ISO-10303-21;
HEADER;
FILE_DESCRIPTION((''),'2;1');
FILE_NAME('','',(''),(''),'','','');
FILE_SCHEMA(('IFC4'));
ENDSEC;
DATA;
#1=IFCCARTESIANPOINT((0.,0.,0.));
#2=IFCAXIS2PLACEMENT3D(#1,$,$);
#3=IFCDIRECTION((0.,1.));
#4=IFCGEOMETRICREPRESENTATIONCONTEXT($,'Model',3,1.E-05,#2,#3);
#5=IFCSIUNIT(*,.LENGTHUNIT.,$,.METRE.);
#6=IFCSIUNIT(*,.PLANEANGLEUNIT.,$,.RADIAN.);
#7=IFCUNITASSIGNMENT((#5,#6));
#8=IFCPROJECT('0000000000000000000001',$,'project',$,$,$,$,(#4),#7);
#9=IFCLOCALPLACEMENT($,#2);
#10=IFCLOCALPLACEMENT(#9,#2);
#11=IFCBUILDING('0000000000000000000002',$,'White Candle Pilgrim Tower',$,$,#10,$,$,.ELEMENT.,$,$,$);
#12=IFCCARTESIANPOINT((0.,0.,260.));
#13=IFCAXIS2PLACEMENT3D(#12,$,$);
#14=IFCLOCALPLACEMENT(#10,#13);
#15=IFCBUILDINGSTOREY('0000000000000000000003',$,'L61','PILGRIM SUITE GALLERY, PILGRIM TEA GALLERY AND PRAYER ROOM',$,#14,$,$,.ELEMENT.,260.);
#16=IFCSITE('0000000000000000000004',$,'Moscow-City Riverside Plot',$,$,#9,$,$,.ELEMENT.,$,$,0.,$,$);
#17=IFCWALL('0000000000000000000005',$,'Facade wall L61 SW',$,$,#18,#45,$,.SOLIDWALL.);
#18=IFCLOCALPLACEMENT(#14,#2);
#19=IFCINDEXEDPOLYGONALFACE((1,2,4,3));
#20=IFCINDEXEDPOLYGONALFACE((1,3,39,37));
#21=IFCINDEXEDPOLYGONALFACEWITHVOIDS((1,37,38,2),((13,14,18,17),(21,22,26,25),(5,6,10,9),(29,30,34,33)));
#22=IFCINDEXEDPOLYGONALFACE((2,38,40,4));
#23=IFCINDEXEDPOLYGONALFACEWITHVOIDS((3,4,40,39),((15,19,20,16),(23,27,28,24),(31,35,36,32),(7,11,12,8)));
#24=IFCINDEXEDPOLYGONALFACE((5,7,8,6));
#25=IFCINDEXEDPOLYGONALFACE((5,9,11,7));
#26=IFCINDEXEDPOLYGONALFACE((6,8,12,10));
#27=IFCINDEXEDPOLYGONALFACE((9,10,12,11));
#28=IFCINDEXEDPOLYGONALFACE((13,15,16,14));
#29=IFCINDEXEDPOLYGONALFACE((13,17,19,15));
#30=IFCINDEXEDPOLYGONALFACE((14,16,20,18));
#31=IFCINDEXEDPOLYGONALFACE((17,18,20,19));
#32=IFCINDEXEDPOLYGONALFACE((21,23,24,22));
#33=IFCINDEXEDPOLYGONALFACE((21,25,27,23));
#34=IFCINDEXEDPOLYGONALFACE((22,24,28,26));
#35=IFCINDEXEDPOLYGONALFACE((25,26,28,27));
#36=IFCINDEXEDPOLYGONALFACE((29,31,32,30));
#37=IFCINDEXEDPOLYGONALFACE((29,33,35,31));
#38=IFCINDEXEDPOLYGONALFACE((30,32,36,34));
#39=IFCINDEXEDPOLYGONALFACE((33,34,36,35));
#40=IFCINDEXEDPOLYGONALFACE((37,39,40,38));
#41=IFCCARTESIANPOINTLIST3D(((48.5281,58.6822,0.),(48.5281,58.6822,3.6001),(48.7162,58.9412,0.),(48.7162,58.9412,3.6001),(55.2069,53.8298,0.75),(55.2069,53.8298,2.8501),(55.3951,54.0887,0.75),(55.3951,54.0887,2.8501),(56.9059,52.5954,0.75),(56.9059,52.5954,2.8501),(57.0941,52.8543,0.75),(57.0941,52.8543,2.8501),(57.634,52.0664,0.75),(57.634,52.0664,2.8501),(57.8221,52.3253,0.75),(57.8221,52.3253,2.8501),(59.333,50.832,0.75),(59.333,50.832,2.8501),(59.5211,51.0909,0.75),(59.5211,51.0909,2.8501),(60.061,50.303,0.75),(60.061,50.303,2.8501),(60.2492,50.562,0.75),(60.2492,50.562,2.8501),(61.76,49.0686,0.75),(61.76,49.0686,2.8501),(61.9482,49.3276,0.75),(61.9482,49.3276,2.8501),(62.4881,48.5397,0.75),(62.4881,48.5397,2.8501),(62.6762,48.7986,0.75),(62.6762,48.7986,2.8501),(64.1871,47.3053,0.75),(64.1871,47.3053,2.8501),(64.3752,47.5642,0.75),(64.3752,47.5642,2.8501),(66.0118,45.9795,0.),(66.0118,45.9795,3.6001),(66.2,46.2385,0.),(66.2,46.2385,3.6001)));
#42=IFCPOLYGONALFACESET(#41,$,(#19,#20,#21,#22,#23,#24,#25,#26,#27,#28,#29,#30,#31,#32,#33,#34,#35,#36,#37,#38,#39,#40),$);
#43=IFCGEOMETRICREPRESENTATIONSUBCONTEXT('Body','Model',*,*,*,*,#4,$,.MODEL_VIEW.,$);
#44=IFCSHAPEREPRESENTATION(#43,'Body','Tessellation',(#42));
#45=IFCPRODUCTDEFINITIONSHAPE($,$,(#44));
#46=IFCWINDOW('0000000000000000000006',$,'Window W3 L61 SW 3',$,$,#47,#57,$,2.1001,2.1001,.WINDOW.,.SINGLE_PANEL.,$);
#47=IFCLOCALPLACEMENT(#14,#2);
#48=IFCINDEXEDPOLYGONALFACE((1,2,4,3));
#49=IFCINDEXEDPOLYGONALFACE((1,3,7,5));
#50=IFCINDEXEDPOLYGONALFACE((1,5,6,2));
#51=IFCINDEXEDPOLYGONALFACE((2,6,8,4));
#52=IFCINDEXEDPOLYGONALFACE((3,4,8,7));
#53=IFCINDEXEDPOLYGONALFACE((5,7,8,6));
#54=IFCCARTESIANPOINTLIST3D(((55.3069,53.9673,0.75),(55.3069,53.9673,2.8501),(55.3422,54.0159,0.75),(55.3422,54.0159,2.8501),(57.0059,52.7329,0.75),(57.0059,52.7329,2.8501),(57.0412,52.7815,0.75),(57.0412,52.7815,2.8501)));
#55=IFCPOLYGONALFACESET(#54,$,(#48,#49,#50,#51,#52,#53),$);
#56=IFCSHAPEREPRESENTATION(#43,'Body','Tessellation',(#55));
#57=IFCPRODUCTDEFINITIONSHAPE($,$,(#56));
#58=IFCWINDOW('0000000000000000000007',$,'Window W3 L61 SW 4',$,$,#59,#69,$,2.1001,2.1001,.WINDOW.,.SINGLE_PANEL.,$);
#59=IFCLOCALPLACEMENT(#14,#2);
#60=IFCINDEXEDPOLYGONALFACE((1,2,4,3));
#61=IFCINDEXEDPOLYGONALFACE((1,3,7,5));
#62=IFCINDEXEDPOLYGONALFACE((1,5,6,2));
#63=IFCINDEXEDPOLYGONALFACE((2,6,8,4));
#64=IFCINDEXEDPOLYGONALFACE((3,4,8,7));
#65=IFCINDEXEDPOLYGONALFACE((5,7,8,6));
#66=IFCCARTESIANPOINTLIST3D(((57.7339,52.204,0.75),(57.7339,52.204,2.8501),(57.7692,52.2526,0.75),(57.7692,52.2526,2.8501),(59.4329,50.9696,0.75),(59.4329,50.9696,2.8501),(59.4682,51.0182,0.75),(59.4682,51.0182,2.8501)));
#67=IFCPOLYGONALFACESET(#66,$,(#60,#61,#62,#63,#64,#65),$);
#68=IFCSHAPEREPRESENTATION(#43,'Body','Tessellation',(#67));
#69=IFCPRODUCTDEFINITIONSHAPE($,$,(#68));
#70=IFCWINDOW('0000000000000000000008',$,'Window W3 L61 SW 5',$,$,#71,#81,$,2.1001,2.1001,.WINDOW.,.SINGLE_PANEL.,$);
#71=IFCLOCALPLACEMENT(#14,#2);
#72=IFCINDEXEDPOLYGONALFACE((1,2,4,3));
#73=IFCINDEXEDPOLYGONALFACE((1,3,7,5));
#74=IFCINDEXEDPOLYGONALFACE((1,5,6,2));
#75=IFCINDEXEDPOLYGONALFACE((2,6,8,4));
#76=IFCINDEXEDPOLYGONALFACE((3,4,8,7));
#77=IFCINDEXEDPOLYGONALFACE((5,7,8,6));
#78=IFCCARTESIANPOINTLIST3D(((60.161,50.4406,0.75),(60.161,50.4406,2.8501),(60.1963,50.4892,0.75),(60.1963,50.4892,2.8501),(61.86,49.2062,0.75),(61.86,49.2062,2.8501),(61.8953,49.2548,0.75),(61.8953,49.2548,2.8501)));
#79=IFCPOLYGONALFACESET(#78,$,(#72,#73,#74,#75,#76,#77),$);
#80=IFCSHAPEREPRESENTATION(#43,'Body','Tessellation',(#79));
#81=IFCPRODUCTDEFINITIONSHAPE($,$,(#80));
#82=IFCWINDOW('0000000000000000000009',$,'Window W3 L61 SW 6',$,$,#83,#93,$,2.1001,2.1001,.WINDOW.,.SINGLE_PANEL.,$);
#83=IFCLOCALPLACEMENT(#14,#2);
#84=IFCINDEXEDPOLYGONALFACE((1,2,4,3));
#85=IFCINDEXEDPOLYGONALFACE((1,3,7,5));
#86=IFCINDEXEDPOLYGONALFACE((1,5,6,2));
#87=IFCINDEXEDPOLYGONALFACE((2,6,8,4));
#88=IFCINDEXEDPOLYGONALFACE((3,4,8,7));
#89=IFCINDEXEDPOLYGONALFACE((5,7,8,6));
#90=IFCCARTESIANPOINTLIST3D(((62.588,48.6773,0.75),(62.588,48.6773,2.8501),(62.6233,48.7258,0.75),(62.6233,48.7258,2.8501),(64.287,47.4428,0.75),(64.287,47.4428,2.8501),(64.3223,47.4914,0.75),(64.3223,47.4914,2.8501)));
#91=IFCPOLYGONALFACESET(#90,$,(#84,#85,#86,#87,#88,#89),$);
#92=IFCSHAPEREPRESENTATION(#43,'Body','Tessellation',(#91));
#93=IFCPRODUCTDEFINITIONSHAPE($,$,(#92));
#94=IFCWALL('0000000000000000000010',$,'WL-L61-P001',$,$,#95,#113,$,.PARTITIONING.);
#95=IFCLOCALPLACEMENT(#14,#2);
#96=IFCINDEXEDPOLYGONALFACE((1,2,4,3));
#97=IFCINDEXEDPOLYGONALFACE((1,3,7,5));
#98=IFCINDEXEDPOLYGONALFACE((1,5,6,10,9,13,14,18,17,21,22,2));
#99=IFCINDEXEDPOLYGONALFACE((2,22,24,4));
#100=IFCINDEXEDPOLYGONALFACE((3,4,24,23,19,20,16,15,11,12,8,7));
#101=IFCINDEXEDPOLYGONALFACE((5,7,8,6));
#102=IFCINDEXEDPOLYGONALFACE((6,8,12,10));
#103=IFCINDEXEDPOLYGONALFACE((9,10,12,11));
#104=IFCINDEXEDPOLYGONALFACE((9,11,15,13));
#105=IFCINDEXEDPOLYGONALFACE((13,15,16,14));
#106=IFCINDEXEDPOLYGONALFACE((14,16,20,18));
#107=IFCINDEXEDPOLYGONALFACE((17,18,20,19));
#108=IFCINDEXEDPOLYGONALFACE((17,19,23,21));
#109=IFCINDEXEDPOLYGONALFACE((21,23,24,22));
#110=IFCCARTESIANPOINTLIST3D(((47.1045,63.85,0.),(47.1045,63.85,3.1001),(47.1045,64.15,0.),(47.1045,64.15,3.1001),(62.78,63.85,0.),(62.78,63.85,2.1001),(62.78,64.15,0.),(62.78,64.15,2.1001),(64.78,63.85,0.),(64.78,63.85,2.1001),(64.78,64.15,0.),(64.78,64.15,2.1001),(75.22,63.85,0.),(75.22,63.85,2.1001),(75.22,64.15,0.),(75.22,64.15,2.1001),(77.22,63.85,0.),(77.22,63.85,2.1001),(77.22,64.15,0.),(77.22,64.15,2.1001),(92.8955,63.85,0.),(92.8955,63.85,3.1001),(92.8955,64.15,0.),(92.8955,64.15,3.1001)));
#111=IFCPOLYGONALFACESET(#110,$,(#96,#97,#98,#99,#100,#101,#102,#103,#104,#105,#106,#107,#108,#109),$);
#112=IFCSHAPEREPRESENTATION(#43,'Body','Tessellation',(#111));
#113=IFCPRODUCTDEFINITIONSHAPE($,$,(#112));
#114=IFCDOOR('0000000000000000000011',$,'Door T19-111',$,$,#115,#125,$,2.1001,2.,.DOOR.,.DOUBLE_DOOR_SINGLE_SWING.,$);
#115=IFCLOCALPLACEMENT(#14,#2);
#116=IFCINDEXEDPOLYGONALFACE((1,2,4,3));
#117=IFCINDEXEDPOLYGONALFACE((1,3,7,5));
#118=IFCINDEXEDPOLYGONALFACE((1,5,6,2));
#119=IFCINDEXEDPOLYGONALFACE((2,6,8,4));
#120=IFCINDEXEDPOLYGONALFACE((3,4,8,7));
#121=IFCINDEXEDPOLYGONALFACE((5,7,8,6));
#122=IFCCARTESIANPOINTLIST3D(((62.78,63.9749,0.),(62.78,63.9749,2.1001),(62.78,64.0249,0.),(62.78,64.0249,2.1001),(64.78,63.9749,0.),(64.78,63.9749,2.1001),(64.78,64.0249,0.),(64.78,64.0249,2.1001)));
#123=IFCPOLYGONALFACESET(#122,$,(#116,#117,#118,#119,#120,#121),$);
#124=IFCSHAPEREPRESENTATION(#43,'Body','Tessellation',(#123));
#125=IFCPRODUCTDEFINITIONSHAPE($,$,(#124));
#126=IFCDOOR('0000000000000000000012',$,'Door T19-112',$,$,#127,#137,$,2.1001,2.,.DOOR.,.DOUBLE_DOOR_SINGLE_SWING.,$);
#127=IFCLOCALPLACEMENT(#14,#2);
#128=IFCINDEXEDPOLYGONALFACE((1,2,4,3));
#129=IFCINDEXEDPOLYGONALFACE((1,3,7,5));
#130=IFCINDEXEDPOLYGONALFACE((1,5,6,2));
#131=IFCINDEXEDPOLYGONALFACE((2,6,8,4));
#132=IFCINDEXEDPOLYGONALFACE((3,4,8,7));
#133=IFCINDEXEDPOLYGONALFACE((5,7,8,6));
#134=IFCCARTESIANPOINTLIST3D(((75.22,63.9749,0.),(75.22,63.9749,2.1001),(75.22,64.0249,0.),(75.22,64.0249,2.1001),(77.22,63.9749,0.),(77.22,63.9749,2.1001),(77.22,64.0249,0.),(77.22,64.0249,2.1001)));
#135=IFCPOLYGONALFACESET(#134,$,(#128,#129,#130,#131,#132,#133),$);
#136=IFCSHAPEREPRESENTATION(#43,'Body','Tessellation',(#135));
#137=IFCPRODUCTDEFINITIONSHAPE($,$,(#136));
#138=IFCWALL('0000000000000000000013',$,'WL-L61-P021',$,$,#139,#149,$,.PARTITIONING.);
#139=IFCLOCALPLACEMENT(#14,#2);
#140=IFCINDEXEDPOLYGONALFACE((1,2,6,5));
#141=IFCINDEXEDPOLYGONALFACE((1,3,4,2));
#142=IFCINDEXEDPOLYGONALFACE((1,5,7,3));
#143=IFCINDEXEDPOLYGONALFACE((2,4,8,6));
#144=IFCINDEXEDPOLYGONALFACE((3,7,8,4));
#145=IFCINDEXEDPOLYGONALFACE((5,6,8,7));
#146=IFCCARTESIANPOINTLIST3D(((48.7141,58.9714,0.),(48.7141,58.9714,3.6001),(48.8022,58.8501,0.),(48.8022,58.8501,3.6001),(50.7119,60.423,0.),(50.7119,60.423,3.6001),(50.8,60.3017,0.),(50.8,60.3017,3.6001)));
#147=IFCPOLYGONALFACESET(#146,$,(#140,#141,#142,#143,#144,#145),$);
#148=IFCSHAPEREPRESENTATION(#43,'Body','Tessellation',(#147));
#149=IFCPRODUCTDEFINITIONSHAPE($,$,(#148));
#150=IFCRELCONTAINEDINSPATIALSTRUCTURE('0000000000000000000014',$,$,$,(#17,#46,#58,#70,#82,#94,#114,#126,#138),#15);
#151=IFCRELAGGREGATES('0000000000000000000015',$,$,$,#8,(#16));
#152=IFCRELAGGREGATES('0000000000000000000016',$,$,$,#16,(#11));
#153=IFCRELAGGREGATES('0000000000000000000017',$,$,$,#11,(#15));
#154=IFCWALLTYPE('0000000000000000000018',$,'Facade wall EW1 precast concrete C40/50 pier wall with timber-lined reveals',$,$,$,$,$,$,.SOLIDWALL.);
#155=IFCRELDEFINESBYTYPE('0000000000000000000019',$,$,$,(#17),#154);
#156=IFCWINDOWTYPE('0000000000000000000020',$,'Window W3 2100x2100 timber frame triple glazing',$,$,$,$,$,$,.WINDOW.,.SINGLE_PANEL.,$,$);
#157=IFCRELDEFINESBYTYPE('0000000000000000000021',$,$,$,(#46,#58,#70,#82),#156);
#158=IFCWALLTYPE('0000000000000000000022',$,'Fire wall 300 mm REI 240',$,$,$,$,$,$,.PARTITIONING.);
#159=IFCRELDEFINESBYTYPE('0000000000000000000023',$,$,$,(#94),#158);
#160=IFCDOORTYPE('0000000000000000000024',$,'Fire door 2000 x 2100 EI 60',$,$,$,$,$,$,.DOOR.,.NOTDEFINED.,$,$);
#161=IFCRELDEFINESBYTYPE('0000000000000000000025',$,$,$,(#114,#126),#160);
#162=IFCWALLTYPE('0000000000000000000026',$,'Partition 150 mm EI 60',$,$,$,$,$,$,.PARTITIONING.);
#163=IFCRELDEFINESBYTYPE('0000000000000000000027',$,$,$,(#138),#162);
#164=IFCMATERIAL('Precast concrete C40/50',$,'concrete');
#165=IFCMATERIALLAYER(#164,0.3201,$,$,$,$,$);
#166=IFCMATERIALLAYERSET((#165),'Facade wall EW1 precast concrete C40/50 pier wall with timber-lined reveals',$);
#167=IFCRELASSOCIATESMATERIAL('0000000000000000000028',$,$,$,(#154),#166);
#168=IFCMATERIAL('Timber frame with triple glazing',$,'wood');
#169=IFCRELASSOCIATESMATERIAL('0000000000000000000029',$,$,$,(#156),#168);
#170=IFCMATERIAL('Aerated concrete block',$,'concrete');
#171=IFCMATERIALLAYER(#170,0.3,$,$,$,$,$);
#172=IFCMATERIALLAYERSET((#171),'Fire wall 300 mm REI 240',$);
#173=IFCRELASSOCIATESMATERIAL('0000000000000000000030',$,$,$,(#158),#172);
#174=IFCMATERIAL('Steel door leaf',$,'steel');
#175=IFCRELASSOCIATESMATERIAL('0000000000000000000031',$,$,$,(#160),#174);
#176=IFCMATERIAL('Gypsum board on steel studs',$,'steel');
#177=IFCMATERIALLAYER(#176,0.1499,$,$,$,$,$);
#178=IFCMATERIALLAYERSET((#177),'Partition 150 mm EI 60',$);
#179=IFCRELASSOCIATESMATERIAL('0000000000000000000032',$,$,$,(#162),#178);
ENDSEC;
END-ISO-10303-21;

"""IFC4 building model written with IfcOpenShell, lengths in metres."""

from ifc_helpers import new_model, si_unit, direction, frame, frame_2d, origin, place, context, subcontext, project, spatial, rectangle, extrude, material, layer, layer_set, type_object, element, fill, save


model = new_model("IFC4")

# Units and contexts
model_context = context("Model", 3, precision=1e-05, world=origin(), true_north=direction((0.0, 1.0)))
body_context = subcontext(model_context, "Body", "Model", "MODEL_VIEW")
ifc_project = project(units=[si_unit("LENGTHUNIT", "METRE"), si_unit("PLANEANGLEUNIT", "RADIAN")], contexts=[model_context])

# Site, building, storey
site_placement = place(None, origin())
site = spatial("IfcSite", under=ifc_project, at=site_placement, Name="Moscow-City Riverside Plot", CompositionType="ELEMENT", RefElevation=0.0)
building_placement = place(site_placement, origin())
building = spatial("IfcBuilding", under=site, at=building_placement, Name="White Candle Pilgrim Tower", CompositionType="ELEMENT")
storey_placement = place(building_placement, frame((0.0, 0.0, 260.0)))
storey = spatial("IfcBuildingStorey", under=building, at=storey_placement, Name="L61", Description="PILGRIM SUITE GALLERY, PILGRIM TEA GALLERY AND PRAYER ROOM", CompositionType="ELEMENT", Elevation=260.0)

# Shared definitions
ifc_material_1 = material(Name="Gypsum board on steel studs", Category="steel")
ifc_material_2 = material(Name="Steel door leaf", Category="steel")

# Shared definitions
ifc_material_3 = material(Name="Precast concrete C40/50", Category="concrete")
ifc_layer_1 = layer(ifc_material_3, 0.3201)
ifc_layer_set_1 = layer_set([ifc_layer_1], Name="Facade wall EW1 precast concrete C40/50 pier wall with timber-lined reveals")
wall_type_1 = type_object("IfcWallType", Name="Facade wall EW1 precast concrete C40/50 pier wall with timber-lined reveals", PredefinedType="SOLIDWALL", material=ifc_layer_set_1)
ifc_material_4 = material(Name="Timber frame with triple glazing", Category="wood")

# Wall, openings, windows
wall_1_placement = place(storey_placement, frame((48.6221, 58.8118, 0.0), z_axis=(0.0, 0.0, 1.0), x_axis=(0.809016, -0.587786, 0.0)))
wall_1 = element("IfcWall", 1, at=wall_1_placement, inside=storey, type_object=wall_type_1, Name="Facade wall L61 SW", PredefinedType="SOLIDWALL", context=body_context, shape_type="SweptSolid", body=[
    extrude(rectangle(XDim=21.6111, YDim=0.3201, at=frame_2d((10.8057, 0.0))), origin(), (0.0, 0.0, 1.0), 3.6001),
])
opening_1_placement = place(wall_1_placement, frame((8.2556, 0.0, 0.75)))
opening_1 = element("IfcOpeningElement", 2, at=opening_1_placement, cuts=wall_1, PredefinedType="OPENING", context=body_context, shape_type="SweptSolid", body=[
    extrude(rectangle(XDim=2.1001, YDim=2.1001, at=frame_2d((1.05, 1.05))), frame((0.0, 0.1699, 0.0), z_axis=(0.0, -1.0, 0.0), x_axis=(1.0, 0.0, 0.0)), (0.0, 0.0, 1.0), 0.3401),
])
opening_2_placement = place(wall_1_placement, frame((11.2556, 0.0, 0.75)))
opening_2 = element("IfcOpeningElement", 3, at=opening_2_placement, cuts=wall_1, PredefinedType="OPENING", context=body_context, shape_type="SweptSolid", body=[
    extrude(rectangle(XDim=2.1001, YDim=2.1001, at=frame_2d((1.05, 1.05))), frame((0.0, 0.1699, 0.0), z_axis=(0.0, -1.0, 0.0), x_axis=(1.0, 0.0, 0.0)), (0.0, 0.0, 1.0), 0.3401),
])
opening_3_placement = place(wall_1_placement, frame((14.2556, 0.0, 0.75)))
opening_3 = element("IfcOpeningElement", 4, at=opening_3_placement, cuts=wall_1, PredefinedType="OPENING", context=body_context, shape_type="SweptSolid", body=[
    extrude(rectangle(XDim=2.1001, YDim=2.1001, at=frame_2d((1.05, 1.05))), frame((0.0, 0.1699, 0.0), z_axis=(0.0, -1.0, 0.0), x_axis=(1.0, 0.0, 0.0)), (0.0, 0.0, 1.0), 0.3401),
])
opening_4_placement = place(wall_1_placement, frame((17.2556, 0.0, 0.75)))
opening_4 = element("IfcOpeningElement", 5, at=opening_4_placement, cuts=wall_1, PredefinedType="OPENING", context=body_context, shape_type="SweptSolid", body=[
    extrude(rectangle(XDim=2.1001, YDim=2.1001, at=frame_2d((1.05, 1.05))), frame((0.0, 0.1699, 0.0), z_axis=(0.0, -1.0, 0.0), x_axis=(1.0, 0.0, 0.0)), (0.0, 0.0, 1.0), 0.3401),
])
window_type_1 = type_object("IfcWindowType", Name="Window W3 2100x2100 timber frame triple glazing", PartitioningType="SINGLE_PANEL", PredefinedType="WINDOW", material=ifc_material_4)
window_1_placement = place(opening_1_placement, origin())
window_1 = element("IfcWindow", 6, at=window_1_placement, inside=storey, type_object=window_type_1, Name="Window W3 L61 SW 3", OverallHeight=2.1001, OverallWidth=2.1001, PartitioningType="SINGLE_PANEL", PredefinedType="WINDOW", context=body_context, shape_type="SweptSolid", body=[
    extrude(rectangle(XDim=2.1001, YDim=2.1001, at=frame_2d((1.05, 1.05))), frame((0.0, 0.0701, 0.0), z_axis=(0.0, -1.0, 0.0), x_axis=(1.0, 0.0, 0.0)), (0.0, 0.0, 1.0), 0.0601),
])
fill(opening_1, window_1)
window_2_placement = place(opening_2_placement, origin())
window_2 = element("IfcWindow", 7, at=window_2_placement, inside=storey, type_object=window_type_1, Name="Window W3 L61 SW 4", OverallHeight=2.1001, OverallWidth=2.1001, PartitioningType="SINGLE_PANEL", PredefinedType="WINDOW", context=body_context, shape_type="SweptSolid", body=[
    extrude(rectangle(XDim=2.1001, YDim=2.1001, at=frame_2d((1.05, 1.05))), frame((0.0, 0.0701, 0.0), z_axis=(0.0, -1.0, 0.0), x_axis=(1.0, 0.0, 0.0)), (0.0, 0.0, 1.0), 0.0601),
])
fill(opening_2, window_2)
window_3_placement = place(opening_3_placement, origin())
window_3 = element("IfcWindow", 8, at=window_3_placement, inside=storey, type_object=window_type_1, Name="Window W3 L61 SW 5", OverallHeight=2.1001, OverallWidth=2.1001, PartitioningType="SINGLE_PANEL", PredefinedType="WINDOW", context=body_context, shape_type="SweptSolid", body=[
    extrude(rectangle(XDim=2.1001, YDim=2.1001, at=frame_2d((1.05, 1.05))), frame((0.0, 0.0701, 0.0), z_axis=(0.0, -1.0, 0.0), x_axis=(1.0, 0.0, 0.0)), (0.0, 0.0, 1.0), 0.0601),
])
fill(opening_3, window_3)
window_4_placement = place(opening_4_placement, origin())
window_4 = element("IfcWindow", 9, at=window_4_placement, inside=storey, type_object=window_type_1, Name="Window W3 L61 SW 6", OverallHeight=2.1001, OverallWidth=2.1001, PartitioningType="SINGLE_PANEL", PredefinedType="WINDOW", context=body_context, shape_type="SweptSolid", body=[
    extrude(rectangle(XDim=2.1001, YDim=2.1001, at=frame_2d((1.05, 1.05))), frame((0.0, 0.0701, 0.0), z_axis=(0.0, -1.0, 0.0), x_axis=(1.0, 0.0, 0.0)), (0.0, 0.0, 1.0), 0.0601),
])
fill(opening_4, window_4)

# Wall, openings, doors
ifc_material_5 = material(Name="Aerated concrete block", Category="concrete")
ifc_layer_2 = layer(ifc_material_5, 0.3)
ifc_layer_set_2 = layer_set([ifc_layer_2], Name="Fire wall 300 mm REI 240")
wall_type_2 = type_object("IfcWallType", Name="Fire wall 300 mm REI 240", PredefinedType="PARTITIONING", material=ifc_layer_set_2)
wall_2_placement = place(storey_placement, frame((47.1045, 64.0, 0.0), z_axis=(0.0, 0.0, 1.0), x_axis=(1.0, 0.0, 0.0)))
wall_2 = element("IfcWall", 10, at=wall_2_placement, inside=storey, type_object=wall_type_2, Name="WL-L61-P001", PredefinedType="PARTITIONING", context=body_context, shape_type="SweptSolid", body=[
    extrude(rectangle(XDim=45.791, YDim=0.3, at=frame_2d((22.8955, 0.0))), origin(), (0.0, 0.0, 1.0), 3.1001),
])
opening_5_placement = place(wall_2_placement, frame((15.6755, 0.0, 0.0)))
opening_5 = element("IfcOpeningElement", 11, at=opening_5_placement, cuts=wall_2, PredefinedType="OPENING", context=body_context, shape_type="SweptSolid", body=[
    extrude(rectangle(XDim=2.0, YDim=2.1001, at=frame_2d((1.0, 1.05))), frame((0.0, 0.1599, 0.0), z_axis=(0.0, -1.0, 0.0), x_axis=(1.0, 0.0, 0.0)), (0.0, 0.0, 1.0), 0.3201),
])
opening_6_placement = place(wall_2_placement, frame((28.1155, 0.0, 0.0)))
opening_6 = element("IfcOpeningElement", 12, at=opening_6_placement, cuts=wall_2, PredefinedType="OPENING", context=body_context, shape_type="SweptSolid", body=[
    extrude(rectangle(XDim=2.0, YDim=2.1001, at=frame_2d((1.0, 1.05))), frame((0.0, 0.1599, 0.0), z_axis=(0.0, -1.0, 0.0), x_axis=(1.0, 0.0, 0.0)), (0.0, 0.0, 1.0), 0.3201),
])
door_type_1 = type_object("IfcDoorType", Name="Fire door 2000 x 2100 EI 60", OperationType="NOTDEFINED", PredefinedType="DOOR", material=ifc_material_2)
door_1_placement = place(opening_5_placement, origin())
door_1 = element("IfcDoor", 13, at=door_1_placement, inside=storey, type_object=door_type_1, Name="Door T19-111", OperationType="DOUBLE_DOOR_SINGLE_SWING", OverallHeight=2.1001, OverallWidth=2.0, PredefinedType="DOOR", context=body_context, shape_type="SweptSolid", body=[
    extrude(rectangle(XDim=2.0, YDim=2.1001, at=frame_2d((1.0, 1.05))), frame((0.0, 0.0249, 0.0), z_axis=(0.0, -1.0, 0.0), x_axis=(1.0, 0.0, 0.0)), (0.0, 0.0, 1.0), 0.05),
])
fill(opening_5, door_1)
door_2_placement = place(opening_6_placement, origin())
door_2 = element("IfcDoor", 14, at=door_2_placement, inside=storey, type_object=door_type_1, Name="Door T19-112", OperationType="DOUBLE_DOOR_SINGLE_SWING", OverallHeight=2.1001, OverallWidth=2.0, PredefinedType="DOOR", context=body_context, shape_type="SweptSolid", body=[
    extrude(rectangle(XDim=2.0, YDim=2.1001, at=frame_2d((1.0, 1.05))), frame((0.0, 0.0249, 0.0), z_axis=(0.0, -1.0, 0.0), x_axis=(1.0, 0.0, 0.0)), (0.0, 0.0, 1.0), 0.05),
])
fill(opening_6, door_2)

# Wall
ifc_layer_3 = layer(ifc_material_1, 0.1499)
ifc_layer_set_3 = layer_set([ifc_layer_3], Name="Partition 150 mm EI 60")
wall_type_3 = type_object("IfcWallType", Name="Partition 150 mm EI 60", PredefinedType="PARTITIONING", material=ifc_layer_set_3)
wall_3_placement = place(storey_placement, frame((48.7581, 58.9106, 0.0), z_axis=(0.0, 0.0, 1.0), x_axis=(0.808984, 0.587831, 0.0)))
element("IfcWall", 15, at=wall_3_placement, inside=storey, type_object=wall_type_3, Name="WL-L61-P021", PredefinedType="PARTITIONING", context=body_context, shape_type="SweptSolid", body=[
    extrude(rectangle(XDim=2.4695, YDim=0.1499, at=frame_2d((1.2349, 0.0))), origin(), (0.0, 0.0, 1.0), 3.6001),
])

save(model, "model.ifc")
